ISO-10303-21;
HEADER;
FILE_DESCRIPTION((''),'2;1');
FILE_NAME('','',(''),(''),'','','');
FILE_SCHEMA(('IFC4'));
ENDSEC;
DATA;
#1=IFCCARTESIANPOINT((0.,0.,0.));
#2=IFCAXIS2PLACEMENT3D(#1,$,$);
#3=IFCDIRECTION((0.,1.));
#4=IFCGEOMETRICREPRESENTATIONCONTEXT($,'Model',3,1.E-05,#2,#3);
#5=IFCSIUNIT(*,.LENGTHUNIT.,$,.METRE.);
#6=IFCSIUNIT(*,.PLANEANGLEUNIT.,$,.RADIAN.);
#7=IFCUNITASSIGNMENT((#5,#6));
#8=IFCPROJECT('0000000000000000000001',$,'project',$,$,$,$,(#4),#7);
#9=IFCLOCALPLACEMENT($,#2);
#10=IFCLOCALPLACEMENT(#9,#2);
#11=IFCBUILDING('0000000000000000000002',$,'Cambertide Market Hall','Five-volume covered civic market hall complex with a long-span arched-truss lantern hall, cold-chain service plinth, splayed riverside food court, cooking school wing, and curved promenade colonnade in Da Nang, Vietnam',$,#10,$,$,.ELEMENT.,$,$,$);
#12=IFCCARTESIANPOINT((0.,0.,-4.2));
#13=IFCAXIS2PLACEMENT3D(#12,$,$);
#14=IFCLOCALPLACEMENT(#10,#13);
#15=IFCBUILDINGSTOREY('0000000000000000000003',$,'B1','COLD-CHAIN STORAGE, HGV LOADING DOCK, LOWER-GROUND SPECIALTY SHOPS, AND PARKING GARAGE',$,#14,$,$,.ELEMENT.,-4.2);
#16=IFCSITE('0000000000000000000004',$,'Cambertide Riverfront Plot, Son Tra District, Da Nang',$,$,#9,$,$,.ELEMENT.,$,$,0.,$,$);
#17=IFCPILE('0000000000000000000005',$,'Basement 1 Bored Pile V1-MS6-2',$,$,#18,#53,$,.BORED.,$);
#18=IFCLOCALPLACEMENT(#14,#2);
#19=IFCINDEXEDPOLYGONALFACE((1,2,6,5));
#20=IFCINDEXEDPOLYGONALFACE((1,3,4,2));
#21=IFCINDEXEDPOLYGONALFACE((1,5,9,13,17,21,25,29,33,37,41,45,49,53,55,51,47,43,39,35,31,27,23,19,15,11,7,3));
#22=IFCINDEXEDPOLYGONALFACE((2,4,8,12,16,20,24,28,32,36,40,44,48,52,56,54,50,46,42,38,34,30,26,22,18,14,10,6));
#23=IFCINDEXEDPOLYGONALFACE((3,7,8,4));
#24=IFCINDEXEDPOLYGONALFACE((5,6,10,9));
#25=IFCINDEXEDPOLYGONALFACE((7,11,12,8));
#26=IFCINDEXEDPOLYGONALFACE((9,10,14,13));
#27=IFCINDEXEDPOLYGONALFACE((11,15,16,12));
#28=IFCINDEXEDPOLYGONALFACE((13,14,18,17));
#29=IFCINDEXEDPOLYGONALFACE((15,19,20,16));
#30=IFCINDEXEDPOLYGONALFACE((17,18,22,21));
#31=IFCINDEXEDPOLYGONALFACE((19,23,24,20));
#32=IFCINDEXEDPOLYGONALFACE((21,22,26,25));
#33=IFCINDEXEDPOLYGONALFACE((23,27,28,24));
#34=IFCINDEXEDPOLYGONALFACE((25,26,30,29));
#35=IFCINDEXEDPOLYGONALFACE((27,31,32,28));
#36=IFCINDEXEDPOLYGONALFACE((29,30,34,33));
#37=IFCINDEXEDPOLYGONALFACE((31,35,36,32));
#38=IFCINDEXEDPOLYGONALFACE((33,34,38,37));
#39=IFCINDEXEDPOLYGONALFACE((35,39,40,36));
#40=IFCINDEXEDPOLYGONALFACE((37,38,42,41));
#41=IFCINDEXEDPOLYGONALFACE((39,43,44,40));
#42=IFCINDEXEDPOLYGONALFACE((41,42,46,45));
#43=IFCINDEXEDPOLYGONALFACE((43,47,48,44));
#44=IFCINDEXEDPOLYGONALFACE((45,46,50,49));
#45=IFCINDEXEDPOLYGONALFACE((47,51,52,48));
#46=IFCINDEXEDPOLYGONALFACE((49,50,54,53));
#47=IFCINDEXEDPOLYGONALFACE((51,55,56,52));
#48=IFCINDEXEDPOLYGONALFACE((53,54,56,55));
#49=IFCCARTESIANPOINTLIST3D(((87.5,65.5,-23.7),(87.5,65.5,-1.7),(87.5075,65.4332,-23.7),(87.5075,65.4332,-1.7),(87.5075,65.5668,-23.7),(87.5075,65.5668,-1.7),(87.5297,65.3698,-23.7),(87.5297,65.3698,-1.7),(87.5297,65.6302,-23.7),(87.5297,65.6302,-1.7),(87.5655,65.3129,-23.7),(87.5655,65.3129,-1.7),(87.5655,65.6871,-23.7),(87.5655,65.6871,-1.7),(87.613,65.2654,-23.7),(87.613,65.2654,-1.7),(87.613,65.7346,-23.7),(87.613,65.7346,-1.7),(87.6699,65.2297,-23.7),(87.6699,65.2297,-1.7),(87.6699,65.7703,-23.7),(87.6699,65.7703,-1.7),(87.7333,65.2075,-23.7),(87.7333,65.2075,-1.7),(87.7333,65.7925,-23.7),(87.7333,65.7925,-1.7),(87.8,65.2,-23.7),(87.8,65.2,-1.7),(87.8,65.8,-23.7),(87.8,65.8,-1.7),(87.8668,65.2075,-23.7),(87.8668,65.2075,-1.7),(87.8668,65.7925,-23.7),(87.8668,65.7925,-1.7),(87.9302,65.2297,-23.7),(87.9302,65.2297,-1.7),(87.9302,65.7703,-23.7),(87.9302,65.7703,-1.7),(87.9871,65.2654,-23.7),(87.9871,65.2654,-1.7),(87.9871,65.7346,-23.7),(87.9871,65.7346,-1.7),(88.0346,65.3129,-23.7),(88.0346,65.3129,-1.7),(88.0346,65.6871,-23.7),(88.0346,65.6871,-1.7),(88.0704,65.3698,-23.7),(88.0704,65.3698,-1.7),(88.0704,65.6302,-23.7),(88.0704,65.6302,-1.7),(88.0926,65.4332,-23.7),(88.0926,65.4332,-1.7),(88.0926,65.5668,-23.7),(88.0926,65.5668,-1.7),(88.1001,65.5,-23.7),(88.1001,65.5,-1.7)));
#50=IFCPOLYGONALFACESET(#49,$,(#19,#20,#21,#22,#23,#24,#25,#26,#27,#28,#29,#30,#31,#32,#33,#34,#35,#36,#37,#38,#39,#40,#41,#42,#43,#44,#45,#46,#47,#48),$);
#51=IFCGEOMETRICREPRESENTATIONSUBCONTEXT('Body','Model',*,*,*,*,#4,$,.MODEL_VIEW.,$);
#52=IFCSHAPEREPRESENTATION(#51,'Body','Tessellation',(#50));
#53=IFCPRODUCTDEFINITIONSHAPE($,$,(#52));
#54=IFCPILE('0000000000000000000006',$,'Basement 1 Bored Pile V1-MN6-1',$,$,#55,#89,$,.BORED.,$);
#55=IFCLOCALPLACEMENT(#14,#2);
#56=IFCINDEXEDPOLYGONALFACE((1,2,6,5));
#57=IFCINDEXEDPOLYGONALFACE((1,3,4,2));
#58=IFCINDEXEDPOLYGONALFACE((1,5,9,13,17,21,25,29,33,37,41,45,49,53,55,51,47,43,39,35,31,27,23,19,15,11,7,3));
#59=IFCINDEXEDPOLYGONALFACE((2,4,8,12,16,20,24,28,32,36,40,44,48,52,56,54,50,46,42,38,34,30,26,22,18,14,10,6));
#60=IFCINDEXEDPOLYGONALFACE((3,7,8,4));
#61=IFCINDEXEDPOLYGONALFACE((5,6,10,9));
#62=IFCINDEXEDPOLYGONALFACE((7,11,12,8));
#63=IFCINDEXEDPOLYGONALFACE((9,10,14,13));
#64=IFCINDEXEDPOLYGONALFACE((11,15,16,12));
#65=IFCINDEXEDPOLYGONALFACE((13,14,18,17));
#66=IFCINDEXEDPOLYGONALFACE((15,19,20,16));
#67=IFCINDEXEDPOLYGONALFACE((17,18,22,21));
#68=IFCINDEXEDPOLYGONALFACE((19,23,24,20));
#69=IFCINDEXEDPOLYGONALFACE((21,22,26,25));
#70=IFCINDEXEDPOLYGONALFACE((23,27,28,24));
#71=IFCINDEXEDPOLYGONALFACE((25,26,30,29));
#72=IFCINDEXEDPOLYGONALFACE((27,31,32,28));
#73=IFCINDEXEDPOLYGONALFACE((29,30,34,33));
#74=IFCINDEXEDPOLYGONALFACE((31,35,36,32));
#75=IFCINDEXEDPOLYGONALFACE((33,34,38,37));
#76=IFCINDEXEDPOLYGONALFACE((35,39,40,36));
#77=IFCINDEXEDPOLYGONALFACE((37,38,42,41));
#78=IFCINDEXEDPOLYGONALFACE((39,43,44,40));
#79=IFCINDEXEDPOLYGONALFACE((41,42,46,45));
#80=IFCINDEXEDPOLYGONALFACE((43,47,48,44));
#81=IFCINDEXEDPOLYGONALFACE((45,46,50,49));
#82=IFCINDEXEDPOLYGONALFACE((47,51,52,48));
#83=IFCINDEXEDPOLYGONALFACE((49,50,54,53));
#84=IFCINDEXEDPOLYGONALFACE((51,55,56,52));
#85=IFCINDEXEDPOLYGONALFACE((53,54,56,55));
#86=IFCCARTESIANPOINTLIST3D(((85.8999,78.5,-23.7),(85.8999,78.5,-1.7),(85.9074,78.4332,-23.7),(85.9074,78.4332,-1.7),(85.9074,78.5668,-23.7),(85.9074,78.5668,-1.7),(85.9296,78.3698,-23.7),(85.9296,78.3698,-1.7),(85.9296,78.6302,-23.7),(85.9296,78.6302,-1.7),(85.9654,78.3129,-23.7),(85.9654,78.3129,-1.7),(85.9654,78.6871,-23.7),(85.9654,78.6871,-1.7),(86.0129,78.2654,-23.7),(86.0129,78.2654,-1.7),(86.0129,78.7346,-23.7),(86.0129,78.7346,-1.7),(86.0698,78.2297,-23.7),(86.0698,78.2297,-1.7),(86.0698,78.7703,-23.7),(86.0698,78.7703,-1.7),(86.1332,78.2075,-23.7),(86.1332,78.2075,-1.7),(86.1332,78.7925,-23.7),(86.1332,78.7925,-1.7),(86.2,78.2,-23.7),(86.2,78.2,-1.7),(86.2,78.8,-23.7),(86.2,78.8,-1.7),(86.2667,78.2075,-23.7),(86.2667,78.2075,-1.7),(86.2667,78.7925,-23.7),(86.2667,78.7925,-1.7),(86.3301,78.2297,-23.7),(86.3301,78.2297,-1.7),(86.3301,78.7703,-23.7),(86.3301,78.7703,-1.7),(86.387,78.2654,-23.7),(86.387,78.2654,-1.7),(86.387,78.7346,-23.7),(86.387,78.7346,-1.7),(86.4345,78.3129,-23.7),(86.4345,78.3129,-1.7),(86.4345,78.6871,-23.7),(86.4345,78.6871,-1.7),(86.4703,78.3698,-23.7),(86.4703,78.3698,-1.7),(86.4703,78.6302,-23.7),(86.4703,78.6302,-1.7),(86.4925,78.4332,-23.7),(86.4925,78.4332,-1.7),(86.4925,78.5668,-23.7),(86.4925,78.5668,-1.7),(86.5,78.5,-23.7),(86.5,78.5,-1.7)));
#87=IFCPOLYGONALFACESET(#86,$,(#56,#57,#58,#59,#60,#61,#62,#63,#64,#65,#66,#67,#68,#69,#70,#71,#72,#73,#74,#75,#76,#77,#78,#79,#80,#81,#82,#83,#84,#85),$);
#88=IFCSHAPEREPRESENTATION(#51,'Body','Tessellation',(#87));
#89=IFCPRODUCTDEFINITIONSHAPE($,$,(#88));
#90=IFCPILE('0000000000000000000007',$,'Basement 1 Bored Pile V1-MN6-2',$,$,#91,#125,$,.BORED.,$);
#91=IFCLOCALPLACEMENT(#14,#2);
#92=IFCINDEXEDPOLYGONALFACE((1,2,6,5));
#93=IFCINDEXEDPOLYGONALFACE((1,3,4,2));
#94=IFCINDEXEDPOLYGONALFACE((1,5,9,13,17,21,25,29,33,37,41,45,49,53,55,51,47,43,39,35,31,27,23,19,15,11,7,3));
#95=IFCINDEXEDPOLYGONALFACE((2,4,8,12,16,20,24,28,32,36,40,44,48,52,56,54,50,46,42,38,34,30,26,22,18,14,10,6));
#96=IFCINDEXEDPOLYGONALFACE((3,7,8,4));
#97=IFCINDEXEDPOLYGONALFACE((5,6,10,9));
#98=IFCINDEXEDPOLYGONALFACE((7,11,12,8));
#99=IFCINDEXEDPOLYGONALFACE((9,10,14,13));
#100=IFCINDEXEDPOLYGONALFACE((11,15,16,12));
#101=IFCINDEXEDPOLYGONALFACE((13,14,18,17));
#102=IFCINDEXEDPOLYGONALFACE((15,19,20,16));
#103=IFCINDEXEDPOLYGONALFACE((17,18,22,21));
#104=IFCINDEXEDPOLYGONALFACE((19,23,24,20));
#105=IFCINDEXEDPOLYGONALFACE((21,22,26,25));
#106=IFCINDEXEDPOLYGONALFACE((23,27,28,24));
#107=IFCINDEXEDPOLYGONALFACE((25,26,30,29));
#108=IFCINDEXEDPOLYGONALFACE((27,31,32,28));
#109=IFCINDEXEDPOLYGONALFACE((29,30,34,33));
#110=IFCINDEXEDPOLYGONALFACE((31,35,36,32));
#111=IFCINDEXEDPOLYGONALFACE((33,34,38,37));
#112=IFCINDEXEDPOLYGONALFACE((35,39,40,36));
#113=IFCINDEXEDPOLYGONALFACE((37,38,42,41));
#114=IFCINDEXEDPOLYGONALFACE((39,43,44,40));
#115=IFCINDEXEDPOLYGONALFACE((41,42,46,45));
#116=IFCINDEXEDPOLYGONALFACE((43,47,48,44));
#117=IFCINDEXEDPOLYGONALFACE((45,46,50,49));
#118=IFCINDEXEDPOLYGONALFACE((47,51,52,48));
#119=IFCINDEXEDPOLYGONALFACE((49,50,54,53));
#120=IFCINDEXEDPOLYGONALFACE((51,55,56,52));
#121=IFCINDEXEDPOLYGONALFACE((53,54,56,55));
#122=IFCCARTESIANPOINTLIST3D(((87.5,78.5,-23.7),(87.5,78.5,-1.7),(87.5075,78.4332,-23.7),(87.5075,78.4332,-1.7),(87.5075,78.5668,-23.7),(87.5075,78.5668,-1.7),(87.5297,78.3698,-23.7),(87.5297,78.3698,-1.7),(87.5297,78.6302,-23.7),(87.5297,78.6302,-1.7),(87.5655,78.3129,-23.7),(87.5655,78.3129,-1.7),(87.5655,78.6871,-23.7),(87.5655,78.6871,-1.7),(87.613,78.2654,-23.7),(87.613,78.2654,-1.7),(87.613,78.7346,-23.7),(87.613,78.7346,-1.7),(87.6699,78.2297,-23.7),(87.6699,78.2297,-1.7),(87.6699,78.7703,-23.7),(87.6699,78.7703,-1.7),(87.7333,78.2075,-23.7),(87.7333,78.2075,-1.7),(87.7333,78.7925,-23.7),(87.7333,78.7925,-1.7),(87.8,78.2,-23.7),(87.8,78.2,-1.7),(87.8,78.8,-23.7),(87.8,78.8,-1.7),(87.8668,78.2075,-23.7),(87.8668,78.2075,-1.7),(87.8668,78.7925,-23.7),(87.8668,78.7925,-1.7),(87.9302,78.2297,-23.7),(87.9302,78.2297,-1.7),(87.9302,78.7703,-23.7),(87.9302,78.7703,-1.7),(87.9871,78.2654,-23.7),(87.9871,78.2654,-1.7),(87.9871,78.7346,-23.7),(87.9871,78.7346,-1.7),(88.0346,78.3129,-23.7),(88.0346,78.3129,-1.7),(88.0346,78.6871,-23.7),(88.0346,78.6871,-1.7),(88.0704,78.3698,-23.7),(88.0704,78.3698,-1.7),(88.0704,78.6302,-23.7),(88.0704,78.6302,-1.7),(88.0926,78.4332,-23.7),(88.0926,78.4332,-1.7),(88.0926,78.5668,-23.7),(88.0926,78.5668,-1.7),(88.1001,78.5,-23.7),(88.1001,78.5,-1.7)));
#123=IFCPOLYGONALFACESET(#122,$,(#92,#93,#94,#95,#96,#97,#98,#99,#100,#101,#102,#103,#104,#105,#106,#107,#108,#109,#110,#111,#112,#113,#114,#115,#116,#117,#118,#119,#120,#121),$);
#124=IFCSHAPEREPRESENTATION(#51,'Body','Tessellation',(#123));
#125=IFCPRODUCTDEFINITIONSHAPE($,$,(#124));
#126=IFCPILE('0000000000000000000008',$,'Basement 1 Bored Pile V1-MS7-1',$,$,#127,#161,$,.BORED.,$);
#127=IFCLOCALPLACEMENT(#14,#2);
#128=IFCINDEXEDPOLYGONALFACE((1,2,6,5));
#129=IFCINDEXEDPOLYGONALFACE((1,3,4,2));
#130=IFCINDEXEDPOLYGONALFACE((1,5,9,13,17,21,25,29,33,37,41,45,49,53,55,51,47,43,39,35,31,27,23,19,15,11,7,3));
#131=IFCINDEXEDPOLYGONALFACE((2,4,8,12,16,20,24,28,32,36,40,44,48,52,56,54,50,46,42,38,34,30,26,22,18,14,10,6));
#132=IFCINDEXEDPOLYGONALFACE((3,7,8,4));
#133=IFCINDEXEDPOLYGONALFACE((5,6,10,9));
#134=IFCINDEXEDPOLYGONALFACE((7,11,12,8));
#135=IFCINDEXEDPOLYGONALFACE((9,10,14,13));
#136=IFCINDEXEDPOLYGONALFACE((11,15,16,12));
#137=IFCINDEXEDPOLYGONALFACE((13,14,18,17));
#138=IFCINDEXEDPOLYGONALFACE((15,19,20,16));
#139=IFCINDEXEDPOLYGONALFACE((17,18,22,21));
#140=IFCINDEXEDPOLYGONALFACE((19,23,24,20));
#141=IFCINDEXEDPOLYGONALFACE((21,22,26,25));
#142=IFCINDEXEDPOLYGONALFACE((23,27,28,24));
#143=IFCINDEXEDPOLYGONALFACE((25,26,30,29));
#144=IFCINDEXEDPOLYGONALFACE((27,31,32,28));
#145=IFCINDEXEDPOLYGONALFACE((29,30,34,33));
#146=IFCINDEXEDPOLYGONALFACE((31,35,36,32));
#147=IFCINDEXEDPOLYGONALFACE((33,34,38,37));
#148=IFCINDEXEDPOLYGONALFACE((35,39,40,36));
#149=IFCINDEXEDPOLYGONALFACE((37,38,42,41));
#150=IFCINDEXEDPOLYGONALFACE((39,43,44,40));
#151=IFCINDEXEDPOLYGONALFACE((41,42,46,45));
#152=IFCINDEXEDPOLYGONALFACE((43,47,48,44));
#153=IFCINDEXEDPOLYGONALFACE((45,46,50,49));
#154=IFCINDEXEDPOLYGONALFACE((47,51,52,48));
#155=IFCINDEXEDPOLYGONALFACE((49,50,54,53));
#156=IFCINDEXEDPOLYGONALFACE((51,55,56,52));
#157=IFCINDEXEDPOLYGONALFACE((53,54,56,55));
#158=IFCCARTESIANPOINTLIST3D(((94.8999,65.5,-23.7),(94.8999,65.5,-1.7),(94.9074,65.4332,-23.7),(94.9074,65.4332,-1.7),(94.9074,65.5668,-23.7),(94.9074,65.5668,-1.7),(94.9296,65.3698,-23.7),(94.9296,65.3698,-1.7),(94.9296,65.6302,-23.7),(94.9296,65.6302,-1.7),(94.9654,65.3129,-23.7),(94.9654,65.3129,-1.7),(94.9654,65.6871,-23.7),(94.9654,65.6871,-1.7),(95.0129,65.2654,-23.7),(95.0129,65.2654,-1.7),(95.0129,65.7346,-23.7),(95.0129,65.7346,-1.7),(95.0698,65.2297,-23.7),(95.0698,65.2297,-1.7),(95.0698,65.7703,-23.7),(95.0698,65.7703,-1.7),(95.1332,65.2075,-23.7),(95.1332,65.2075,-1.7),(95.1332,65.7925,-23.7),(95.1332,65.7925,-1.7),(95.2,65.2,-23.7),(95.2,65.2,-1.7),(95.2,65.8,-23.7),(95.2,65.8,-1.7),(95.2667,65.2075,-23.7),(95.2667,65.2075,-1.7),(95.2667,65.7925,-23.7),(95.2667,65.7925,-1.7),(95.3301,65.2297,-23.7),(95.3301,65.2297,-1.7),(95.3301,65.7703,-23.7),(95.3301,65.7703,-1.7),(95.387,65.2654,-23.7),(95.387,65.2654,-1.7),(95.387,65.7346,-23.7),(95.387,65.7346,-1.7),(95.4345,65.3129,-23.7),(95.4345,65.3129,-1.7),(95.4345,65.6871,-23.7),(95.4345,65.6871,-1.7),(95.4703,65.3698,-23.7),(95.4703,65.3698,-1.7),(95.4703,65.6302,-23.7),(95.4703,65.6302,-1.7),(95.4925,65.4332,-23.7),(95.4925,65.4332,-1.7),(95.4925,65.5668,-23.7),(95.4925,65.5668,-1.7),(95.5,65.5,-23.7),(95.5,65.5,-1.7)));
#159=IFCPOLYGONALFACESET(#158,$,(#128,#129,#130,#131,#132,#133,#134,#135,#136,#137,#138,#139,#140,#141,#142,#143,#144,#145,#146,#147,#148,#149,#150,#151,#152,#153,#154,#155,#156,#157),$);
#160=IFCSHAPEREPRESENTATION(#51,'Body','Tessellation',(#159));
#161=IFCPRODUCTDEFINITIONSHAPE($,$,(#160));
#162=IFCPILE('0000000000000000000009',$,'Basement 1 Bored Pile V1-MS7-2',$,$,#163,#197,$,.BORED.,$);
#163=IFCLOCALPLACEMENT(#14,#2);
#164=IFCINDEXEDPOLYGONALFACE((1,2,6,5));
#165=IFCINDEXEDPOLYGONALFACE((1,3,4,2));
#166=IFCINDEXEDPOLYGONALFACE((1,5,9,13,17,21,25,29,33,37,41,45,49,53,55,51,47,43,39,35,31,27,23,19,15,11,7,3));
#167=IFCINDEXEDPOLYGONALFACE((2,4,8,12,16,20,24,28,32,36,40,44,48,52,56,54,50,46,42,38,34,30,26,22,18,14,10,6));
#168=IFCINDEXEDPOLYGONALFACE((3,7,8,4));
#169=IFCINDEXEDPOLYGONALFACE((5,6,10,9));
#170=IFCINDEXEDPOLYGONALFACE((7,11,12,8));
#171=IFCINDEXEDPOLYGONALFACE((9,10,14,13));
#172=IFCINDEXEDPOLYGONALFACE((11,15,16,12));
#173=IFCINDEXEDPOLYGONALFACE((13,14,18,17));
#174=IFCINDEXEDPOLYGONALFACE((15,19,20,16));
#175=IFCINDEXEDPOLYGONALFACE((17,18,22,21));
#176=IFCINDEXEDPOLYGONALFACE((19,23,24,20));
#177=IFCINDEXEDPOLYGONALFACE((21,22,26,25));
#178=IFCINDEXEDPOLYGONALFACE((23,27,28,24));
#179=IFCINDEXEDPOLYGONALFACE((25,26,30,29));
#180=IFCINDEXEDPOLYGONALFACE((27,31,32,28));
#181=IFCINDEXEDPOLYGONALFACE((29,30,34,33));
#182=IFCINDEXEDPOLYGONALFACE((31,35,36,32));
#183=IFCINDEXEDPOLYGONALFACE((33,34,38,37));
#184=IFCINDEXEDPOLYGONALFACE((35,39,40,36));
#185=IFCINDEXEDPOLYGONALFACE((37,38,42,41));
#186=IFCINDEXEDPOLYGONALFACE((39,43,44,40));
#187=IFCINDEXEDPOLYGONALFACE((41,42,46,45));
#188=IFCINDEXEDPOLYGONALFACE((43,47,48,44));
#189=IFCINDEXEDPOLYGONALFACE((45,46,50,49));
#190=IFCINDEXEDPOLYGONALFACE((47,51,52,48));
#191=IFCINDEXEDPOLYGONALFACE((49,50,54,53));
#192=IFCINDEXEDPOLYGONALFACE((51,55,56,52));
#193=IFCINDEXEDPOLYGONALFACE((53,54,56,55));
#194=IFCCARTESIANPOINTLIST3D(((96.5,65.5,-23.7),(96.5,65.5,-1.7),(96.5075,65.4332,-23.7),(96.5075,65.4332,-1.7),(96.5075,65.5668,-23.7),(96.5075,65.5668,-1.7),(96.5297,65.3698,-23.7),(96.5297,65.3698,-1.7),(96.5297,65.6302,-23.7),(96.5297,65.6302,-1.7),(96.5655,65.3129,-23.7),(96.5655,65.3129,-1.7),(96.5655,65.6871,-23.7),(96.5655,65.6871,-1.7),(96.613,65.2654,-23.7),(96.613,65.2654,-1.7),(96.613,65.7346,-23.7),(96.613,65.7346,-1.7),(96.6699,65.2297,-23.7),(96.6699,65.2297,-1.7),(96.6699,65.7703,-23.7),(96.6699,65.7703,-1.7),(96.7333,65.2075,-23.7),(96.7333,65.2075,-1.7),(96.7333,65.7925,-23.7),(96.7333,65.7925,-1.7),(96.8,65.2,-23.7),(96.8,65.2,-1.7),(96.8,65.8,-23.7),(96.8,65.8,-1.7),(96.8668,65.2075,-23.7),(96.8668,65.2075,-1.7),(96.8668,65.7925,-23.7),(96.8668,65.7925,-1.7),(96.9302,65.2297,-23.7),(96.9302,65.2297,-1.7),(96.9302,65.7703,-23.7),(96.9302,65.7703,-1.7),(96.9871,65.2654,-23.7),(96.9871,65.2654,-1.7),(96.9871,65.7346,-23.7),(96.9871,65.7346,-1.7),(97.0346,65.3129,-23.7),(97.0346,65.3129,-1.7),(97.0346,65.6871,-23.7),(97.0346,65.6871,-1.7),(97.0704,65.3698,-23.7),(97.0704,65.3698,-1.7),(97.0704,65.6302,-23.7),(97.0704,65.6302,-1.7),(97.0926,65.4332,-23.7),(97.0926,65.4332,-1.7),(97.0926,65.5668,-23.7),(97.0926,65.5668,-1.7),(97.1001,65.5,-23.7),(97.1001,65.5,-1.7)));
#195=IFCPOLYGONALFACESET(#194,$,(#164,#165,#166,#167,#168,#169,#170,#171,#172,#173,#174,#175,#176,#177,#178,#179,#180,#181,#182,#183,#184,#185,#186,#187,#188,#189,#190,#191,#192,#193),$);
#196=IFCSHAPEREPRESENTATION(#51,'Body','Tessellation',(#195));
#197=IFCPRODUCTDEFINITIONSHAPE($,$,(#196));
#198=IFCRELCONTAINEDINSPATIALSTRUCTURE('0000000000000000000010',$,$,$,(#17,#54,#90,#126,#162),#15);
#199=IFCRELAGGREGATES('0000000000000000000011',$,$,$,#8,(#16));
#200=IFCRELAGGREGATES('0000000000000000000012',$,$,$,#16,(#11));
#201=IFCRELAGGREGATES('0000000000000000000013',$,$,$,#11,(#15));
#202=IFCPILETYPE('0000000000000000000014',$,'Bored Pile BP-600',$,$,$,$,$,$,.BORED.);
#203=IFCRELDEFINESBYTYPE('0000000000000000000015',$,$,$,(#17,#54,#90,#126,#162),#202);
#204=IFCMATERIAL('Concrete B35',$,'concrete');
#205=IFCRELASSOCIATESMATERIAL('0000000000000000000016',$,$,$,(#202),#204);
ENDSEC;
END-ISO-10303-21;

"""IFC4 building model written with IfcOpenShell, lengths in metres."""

from ifc_helpers import new_model, si_unit, direction, frame, origin, origin_2d, place, context, subcontext, project, spatial, circle, extrude, material, material_profile, profile_set, type_object, element, save


model = new_model("IFC4")

# Units and contexts
model_context = context("Model", 3, precision=1e-05, world=origin(), true_north=direction((0.0, 1.0)))
body_context = subcontext(model_context, "Body", "Model", "MODEL_VIEW")
ifc_project = project(units=[si_unit("LENGTHUNIT", "METRE"), si_unit("PLANEANGLEUNIT", "RADIAN")], contexts=[model_context])

# Site, building, storey
site_placement = place(None, origin())
site = spatial("IfcSite", under=ifc_project, at=site_placement, Name="Cambertide Riverfront Plot, Son Tra District, Da Nang", CompositionType="ELEMENT", RefElevation=0.0)
building_placement = place(site_placement, origin())
building = spatial("IfcBuilding", under=site, at=building_placement, Name="Cambertide Market Hall", Description="Five-volume covered civic market hall complex with a long-span arched-truss lantern hall, cold-chain service plinth, splayed riverside food court, cooking school wing, and curved promenade colonnade in Da Nang, Vietnam", CompositionType="ELEMENT")
storey_placement = place(building_placement, frame((0.0, 0.0, -4.2)))
storey = spatial("IfcBuildingStorey", under=building, at=storey_placement, Name="B1", Description="COLD-CHAIN STORAGE, HGV LOADING DOCK, LOWER-GROUND SPECIALTY SHOPS, AND PARKING GARAGE", CompositionType="ELEMENT", Elevation=-4.2)

# Piles
ifc_material_1 = material(Name="Concrete B35", Category="concrete")
ifc_material_profile_1 = material_profile(ifc_material_1, circle(Radius=0.3, at=origin_2d()), Name="BP D600")
ifc_profile_set_1 = profile_set([ifc_material_profile_1], Name="Concrete B35")
pile_type_1 = type_object("IfcPileType", Name="Bored Pile BP-600", PredefinedType="BORED", material=ifc_profile_set_1)
for number, where, z_axis, x_axis, name in (
    (1, (87.8, 65.5, -1.7), (0.0, 0.0, -1.0), (1.0, 0.0, 0.0), "Basement 1 Bored Pile V1-MS6-2"),
    (2, (86.2, 78.5, -1.7), (0.0, 0.0, -1.0), (1.0, 0.0, 0.0), "Basement 1 Bored Pile V1-MN6-1"),
    (3, (87.8, 78.5, -1.7), (0.0, 0.0, -1.0), (1.0, 0.0, 0.0), "Basement 1 Bored Pile V1-MN6-2"),
    (4, (95.2, 65.5, -1.7), (0.0, 0.0, -1.0), (1.0, 0.0, 0.0), "Basement 1 Bored Pile V1-MS7-1"),
    (5, (96.8, 65.5, -1.7), (0.0, 0.0, -1.0), (1.0, 0.0, 0.0), "Basement 1 Bored Pile V1-MS7-2"),
):
    element("IfcPile", number, at=place(storey_placement, frame(where, z_axis=z_axis, x_axis=x_axis)), inside=storey, type_object=pile_type_1, Name=name, PredefinedType="BORED", context=body_context, shape_type="SweptSolid", body=[
        extrude(circle(Radius=0.3, at=origin_2d()), origin(), (0.0, 0.0, 1.0), 22.0),
    ])

save(model, "model.ifc")
